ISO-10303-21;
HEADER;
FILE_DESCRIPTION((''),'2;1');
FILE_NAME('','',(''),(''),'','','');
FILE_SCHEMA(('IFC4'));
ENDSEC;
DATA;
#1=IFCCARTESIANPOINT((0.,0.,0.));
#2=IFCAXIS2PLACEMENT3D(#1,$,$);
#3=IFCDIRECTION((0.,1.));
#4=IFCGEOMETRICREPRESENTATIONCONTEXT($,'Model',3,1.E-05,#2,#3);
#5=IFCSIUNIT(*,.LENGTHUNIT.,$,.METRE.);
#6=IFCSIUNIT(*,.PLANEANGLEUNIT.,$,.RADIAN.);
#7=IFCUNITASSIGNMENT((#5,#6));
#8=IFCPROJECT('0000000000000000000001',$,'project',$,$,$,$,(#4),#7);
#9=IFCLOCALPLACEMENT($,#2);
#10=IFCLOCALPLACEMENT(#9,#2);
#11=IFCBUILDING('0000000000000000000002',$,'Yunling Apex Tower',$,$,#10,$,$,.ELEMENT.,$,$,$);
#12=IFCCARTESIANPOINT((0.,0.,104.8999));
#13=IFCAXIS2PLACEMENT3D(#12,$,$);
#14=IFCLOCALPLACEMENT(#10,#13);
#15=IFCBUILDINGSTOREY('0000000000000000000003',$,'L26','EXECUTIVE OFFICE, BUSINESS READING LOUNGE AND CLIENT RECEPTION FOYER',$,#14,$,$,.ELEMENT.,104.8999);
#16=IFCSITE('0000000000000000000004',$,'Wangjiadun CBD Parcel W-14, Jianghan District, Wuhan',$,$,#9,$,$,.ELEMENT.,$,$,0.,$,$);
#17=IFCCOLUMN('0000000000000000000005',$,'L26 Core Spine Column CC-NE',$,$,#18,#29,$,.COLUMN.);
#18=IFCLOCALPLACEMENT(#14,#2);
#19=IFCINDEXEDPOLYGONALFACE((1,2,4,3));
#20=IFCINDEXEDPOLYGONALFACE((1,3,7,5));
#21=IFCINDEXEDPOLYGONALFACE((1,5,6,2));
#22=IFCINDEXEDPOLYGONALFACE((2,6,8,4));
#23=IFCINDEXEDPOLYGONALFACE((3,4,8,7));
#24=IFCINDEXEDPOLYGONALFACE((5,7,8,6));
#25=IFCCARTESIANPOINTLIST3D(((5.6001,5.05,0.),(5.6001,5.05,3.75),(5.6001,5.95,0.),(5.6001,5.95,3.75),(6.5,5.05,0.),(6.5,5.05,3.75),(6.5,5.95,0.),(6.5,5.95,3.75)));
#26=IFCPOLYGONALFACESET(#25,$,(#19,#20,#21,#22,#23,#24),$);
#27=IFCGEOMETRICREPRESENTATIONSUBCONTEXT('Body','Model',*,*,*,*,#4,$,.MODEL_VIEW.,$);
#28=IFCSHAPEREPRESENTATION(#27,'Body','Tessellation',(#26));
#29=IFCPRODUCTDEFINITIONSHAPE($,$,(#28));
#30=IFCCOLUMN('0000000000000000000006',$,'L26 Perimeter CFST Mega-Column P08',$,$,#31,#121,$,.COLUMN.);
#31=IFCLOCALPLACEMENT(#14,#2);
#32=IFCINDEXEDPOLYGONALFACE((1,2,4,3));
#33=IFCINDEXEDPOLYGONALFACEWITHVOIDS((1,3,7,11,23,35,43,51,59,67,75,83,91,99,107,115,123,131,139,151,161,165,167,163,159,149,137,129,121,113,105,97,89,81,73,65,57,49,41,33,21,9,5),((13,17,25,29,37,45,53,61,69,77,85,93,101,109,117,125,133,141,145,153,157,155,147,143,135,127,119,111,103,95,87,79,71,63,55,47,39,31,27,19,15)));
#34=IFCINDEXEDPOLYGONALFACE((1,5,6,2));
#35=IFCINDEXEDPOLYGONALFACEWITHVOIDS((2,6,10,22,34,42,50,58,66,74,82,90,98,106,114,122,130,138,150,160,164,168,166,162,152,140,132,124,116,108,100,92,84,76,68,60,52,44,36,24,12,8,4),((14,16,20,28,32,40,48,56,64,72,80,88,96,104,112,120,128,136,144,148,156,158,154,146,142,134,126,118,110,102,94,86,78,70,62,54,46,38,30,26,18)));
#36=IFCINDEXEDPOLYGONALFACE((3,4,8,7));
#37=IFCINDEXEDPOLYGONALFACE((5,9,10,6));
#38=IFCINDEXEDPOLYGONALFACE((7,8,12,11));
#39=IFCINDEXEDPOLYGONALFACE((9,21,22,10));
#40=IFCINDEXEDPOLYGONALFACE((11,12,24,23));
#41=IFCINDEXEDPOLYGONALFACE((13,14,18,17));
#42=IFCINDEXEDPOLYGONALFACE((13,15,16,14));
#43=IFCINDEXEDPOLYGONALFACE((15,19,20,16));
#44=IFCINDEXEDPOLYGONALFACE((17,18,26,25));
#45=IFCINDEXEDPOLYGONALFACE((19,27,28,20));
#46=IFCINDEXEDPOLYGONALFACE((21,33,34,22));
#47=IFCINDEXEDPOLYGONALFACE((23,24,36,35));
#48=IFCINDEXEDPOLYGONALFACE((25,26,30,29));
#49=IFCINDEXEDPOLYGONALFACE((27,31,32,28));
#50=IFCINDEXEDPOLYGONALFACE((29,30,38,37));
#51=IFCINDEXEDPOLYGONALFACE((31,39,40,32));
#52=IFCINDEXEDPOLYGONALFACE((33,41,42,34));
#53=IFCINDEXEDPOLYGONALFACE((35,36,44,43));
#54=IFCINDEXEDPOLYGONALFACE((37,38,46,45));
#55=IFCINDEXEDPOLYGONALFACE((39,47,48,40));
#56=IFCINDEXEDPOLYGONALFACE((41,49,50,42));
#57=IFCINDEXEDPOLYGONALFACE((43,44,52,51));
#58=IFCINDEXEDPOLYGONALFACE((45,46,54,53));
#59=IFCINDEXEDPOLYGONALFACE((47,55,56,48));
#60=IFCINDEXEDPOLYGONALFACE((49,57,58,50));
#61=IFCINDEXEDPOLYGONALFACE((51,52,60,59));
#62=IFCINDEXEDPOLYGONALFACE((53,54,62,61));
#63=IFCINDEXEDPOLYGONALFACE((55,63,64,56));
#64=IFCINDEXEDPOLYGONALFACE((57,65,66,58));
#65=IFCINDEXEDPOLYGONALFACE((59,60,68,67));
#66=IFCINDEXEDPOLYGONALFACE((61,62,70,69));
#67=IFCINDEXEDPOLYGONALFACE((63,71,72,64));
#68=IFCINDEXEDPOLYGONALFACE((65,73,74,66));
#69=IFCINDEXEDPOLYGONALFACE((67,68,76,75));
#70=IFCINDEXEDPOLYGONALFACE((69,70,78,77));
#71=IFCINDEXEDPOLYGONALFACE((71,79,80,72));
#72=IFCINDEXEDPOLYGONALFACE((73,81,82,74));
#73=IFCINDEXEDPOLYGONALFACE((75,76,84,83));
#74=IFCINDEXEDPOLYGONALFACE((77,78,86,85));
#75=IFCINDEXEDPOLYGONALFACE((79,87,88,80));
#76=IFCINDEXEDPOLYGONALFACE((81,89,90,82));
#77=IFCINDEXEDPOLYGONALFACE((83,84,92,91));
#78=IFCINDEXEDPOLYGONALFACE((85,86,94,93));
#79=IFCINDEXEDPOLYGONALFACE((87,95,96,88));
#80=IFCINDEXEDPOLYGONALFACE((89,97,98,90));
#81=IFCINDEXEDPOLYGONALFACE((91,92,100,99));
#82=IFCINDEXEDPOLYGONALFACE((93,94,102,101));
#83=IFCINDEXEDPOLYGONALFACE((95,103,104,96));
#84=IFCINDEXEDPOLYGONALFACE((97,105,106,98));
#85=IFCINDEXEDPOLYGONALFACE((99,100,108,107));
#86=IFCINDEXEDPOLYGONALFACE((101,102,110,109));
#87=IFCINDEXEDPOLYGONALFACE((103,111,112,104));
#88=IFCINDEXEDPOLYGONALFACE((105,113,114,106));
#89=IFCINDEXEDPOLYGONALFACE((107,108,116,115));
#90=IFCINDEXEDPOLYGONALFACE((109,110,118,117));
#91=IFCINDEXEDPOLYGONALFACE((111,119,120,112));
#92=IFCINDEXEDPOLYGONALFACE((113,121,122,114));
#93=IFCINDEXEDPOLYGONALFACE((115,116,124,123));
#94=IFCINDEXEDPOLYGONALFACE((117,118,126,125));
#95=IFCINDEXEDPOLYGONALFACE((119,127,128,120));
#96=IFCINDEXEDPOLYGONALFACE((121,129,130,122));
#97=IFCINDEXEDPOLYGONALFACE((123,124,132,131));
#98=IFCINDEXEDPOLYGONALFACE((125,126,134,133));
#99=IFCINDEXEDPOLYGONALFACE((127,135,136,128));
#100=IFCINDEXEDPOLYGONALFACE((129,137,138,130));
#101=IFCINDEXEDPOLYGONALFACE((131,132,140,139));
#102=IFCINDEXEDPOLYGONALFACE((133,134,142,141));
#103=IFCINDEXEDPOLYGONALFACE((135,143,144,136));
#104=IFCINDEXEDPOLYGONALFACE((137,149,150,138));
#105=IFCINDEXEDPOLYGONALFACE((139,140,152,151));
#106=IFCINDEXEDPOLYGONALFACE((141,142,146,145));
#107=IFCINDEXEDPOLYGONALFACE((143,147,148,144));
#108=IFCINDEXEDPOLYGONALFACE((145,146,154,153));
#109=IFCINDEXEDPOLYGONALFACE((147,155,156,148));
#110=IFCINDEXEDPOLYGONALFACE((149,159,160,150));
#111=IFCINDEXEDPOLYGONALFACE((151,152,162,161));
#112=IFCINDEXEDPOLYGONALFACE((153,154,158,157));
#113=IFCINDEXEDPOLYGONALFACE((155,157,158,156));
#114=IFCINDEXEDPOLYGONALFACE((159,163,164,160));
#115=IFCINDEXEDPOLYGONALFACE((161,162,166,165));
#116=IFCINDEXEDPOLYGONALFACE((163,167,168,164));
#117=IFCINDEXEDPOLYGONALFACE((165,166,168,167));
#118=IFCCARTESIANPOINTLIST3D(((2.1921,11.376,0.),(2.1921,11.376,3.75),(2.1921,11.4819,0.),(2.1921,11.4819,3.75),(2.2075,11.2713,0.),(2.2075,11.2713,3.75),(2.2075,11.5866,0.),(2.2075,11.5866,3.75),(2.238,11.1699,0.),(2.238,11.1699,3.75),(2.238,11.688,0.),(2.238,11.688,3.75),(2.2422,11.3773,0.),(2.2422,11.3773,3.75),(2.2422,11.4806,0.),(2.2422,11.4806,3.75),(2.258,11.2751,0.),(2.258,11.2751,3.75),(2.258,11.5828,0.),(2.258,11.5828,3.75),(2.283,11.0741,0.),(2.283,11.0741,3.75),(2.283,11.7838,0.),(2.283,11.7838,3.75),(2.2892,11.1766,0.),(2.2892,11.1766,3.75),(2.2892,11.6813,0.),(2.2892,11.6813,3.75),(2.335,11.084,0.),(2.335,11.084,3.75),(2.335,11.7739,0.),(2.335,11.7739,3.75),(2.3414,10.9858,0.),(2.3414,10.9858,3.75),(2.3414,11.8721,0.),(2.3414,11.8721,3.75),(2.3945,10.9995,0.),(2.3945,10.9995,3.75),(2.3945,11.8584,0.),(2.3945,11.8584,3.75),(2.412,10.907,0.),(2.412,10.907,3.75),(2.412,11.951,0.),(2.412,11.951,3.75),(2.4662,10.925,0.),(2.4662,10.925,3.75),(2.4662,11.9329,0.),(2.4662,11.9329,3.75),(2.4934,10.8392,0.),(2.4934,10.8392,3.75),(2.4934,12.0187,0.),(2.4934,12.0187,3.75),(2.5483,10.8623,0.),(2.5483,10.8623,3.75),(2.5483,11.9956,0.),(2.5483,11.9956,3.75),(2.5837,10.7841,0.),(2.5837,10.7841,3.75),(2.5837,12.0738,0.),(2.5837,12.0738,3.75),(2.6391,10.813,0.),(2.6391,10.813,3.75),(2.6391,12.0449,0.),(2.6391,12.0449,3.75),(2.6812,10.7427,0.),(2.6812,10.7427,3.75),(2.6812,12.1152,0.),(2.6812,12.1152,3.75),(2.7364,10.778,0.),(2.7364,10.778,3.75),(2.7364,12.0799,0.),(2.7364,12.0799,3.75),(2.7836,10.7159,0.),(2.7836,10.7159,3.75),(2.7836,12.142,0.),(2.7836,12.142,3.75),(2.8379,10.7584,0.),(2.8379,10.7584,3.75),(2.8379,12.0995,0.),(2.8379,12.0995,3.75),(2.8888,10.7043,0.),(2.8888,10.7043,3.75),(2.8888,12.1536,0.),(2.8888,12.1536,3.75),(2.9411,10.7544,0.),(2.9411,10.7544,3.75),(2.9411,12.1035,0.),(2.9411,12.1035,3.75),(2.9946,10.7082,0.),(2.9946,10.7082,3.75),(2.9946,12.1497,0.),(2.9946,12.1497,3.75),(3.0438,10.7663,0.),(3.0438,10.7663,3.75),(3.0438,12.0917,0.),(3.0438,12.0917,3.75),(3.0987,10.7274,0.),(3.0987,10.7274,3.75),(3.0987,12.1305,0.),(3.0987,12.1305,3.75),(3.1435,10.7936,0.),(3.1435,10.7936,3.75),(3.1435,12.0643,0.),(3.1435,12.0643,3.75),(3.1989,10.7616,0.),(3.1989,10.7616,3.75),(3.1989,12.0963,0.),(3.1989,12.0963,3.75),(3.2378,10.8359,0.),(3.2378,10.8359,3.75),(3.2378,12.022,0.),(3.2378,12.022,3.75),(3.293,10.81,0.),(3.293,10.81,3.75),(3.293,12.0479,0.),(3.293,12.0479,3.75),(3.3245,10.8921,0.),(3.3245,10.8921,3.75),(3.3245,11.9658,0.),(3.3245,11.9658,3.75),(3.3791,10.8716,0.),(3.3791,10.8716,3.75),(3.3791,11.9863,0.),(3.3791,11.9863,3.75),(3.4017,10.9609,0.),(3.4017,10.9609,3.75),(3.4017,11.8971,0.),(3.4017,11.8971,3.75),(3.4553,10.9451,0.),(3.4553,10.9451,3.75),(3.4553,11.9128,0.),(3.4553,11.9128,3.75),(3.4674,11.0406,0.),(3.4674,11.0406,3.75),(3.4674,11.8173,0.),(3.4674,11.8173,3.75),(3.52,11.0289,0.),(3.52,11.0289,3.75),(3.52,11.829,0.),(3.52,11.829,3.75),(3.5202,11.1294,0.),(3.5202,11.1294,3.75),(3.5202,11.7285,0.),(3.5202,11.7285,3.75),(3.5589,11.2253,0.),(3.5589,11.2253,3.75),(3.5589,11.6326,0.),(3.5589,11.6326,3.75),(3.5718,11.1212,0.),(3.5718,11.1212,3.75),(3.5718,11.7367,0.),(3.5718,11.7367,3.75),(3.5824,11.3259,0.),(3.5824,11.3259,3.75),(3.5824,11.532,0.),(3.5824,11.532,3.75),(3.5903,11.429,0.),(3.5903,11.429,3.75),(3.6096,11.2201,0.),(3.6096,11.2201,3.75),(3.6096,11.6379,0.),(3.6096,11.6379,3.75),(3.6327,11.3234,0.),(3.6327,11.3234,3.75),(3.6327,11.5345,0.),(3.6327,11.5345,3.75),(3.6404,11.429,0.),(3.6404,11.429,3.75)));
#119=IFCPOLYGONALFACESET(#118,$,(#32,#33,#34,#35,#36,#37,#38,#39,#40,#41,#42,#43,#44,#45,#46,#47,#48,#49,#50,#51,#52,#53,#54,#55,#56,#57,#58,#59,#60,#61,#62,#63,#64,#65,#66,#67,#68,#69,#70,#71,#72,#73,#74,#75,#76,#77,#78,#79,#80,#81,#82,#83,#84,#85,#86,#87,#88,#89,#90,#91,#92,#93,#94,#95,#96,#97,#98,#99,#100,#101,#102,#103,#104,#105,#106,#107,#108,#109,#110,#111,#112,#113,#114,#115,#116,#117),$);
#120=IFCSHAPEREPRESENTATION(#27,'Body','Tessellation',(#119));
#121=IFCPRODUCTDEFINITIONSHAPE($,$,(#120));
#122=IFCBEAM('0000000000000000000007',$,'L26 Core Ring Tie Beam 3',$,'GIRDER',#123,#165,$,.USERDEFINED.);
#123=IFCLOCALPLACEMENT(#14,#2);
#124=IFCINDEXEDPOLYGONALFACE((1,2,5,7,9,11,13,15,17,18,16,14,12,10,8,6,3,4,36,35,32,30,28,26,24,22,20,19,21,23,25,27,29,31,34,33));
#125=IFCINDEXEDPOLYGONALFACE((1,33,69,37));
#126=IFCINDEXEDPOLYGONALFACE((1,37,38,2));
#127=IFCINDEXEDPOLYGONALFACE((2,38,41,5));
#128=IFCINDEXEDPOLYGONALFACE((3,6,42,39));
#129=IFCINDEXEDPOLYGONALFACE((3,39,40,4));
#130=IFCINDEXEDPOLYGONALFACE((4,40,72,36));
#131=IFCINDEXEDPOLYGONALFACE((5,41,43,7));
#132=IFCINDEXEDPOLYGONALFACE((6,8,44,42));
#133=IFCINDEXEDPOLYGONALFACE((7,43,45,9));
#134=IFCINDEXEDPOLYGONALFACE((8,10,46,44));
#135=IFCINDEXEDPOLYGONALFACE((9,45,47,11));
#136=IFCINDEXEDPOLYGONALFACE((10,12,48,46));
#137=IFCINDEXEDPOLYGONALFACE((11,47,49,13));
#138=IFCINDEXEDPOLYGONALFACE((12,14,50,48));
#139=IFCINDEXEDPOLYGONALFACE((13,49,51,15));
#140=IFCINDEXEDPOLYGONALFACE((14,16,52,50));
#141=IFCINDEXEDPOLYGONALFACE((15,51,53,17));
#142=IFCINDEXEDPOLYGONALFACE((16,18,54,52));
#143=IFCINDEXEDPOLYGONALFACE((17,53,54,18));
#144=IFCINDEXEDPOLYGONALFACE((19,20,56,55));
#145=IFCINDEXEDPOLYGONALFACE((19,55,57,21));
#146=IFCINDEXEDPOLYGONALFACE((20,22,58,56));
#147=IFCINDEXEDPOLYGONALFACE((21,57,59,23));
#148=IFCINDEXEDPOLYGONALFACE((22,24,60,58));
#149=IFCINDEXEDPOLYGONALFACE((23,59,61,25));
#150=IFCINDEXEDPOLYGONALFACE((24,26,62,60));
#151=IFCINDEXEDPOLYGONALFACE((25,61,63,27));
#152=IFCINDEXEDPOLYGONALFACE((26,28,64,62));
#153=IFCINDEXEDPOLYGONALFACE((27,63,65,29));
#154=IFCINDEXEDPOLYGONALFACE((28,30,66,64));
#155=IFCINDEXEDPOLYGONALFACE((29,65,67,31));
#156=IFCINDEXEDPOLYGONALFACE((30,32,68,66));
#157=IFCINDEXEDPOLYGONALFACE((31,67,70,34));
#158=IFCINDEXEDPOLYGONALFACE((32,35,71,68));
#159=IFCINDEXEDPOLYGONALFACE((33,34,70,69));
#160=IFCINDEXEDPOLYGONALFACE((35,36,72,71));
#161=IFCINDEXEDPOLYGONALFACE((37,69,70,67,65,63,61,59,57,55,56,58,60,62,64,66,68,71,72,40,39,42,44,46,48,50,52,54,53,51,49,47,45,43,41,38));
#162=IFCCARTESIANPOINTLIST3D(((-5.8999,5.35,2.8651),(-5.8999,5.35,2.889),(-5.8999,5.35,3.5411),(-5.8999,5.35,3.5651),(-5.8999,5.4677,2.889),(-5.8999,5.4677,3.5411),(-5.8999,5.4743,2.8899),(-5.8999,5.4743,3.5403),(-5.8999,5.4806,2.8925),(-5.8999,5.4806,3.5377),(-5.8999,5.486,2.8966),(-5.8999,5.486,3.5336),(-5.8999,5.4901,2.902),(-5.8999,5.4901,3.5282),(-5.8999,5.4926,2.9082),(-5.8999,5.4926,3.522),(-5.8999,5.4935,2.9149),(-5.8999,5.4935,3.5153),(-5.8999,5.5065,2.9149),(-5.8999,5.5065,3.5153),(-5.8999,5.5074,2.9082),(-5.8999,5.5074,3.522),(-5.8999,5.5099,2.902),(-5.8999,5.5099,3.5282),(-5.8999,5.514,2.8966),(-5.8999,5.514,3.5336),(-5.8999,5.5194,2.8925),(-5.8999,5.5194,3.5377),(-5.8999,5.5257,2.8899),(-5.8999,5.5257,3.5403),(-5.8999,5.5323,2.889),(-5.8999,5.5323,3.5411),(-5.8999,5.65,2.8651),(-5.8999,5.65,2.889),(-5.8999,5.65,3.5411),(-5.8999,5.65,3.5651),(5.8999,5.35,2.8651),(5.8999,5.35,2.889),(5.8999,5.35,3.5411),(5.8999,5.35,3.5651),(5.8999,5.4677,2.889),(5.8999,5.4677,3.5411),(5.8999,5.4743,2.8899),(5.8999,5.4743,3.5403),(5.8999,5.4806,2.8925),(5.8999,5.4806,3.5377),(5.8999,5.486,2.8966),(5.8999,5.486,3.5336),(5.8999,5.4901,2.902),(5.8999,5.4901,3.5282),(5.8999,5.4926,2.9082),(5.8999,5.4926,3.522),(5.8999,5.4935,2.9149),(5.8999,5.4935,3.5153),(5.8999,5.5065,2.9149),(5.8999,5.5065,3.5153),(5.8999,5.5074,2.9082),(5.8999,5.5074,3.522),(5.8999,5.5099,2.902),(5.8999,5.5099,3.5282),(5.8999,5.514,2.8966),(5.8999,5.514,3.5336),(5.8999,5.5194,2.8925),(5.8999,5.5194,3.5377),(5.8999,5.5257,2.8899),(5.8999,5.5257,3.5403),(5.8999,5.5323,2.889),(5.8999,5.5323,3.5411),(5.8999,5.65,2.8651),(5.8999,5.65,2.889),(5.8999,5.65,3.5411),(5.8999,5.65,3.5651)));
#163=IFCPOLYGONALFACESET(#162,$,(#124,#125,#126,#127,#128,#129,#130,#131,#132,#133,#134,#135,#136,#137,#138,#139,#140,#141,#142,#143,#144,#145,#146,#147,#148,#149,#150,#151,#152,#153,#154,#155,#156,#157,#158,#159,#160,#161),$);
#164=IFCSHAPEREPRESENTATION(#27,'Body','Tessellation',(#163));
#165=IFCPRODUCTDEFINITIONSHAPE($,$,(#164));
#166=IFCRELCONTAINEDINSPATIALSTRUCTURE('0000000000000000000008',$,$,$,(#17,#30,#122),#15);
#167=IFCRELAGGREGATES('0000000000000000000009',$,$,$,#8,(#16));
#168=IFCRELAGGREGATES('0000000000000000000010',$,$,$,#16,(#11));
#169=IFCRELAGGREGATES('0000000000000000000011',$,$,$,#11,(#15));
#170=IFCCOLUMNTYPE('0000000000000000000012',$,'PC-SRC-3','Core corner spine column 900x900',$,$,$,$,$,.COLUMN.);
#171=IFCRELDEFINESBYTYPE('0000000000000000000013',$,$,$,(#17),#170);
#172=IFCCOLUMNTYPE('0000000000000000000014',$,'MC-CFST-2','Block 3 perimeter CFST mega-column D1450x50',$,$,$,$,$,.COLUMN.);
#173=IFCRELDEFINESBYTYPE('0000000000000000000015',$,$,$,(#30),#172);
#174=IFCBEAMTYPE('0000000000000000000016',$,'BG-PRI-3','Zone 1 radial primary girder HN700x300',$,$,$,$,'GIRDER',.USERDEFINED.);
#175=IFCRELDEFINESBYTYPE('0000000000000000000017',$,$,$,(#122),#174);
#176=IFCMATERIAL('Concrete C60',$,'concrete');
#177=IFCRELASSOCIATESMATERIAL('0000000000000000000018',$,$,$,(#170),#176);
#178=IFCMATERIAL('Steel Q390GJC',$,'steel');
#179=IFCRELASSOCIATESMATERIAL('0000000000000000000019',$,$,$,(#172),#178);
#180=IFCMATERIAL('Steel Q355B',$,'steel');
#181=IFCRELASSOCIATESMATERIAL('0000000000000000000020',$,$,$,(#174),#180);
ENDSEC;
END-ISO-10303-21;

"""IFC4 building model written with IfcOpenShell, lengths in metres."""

from ifc_helpers import new_model, si_unit, direction, frame, origin, origin_2d, place, context, subcontext, project, spatial, rectangle, hollow_circle, i_section, extrude, source, transform, mapped, material, material_profile, profile_set, type_object, element, save


model = new_model("IFC4")

# Units and contexts
model_context = context("Model", 3, precision=1e-05, world=origin(), true_north=direction((0.0, 1.0)))
body_context = subcontext(model_context, "Body", "Model", "MODEL_VIEW")
ifc_project = project(units=[si_unit("LENGTHUNIT", "METRE"), si_unit("PLANEANGLEUNIT", "RADIAN")], contexts=[model_context])

# Site, building, storey
site_placement = place(None, origin())
site = spatial("IfcSite", under=ifc_project, at=site_placement, Name="Wangjiadun CBD Parcel W-14, Jianghan District, Wuhan", CompositionType="ELEMENT", RefElevation=0.0)
building_placement = place(site_placement, origin())
building = spatial("IfcBuilding", under=site, at=building_placement, Name="Yunling Apex Tower", CompositionType="ELEMENT")
storey_placement = place(building_placement, frame((0.0, 0.0, 104.8999)))
storey = spatial("IfcBuildingStorey", under=building, at=storey_placement, Name="L26", Description="EXECUTIVE OFFICE, BUSINESS READING LOUNGE AND CLIENT RECEPTION FOYER", CompositionType="ELEMENT", Elevation=104.8999)

# Columns
ifc_material_1 = material(Name="Concrete C60", Category="concrete")
ifc_material_profile_1 = material_profile(ifc_material_1, rectangle(XDim=0.8999, YDim=0.8999, at=origin_2d()))
ifc_profile_set_1 = profile_set([ifc_material_profile_1], Name="Concrete C60")
column_type_1 = type_object("IfcColumnType", Name="PC-SRC-3", Description="Core corner spine column 900x900", PredefinedType="COLUMN", material=ifc_profile_set_1)
shared_shape_1 = source(origin(), body_context, "Body", "SweptSolid", [
    extrude(rectangle(XDim=0.8999, YDim=0.8999, at=origin_2d()), origin(), (0.0, 0.0, 1.0), 3.75),
])
column_1_placement = place(storey_placement, frame((6.05, 5.5, 0.0), z_axis=(0.0, 0.0, 1.0), x_axis=(1.0, 0.0, 0.0)))
element("IfcColumn", 1, at=column_1_placement, inside=storey, type_object=column_type_1, Name="L26 Core Spine Column CC-NE", PredefinedType="COLUMN", context=body_context, shape_type="MappedRepresentation", body=[
    mapped(shared_shape_1, transform((0.0, 0.0, 0.0), scale=1.0)),
])
ifc_material_2 = material(Name="Steel Q390GJC", Category="steel")
ifc_material_profile_2 = material_profile(ifc_material_2, hollow_circle(Radius=0.7251, WallThickness=0.05, at=origin_2d()))
ifc_profile_set_2 = profile_set([ifc_material_profile_2], Name="Steel Q390GJC")
column_type_2 = type_object("IfcColumnType", Name="MC-CFST-2", Description="Block 3 perimeter CFST mega-column D1450x50", PredefinedType="COLUMN", material=ifc_profile_set_2)
shared_shape_2 = source(origin(), body_context, "Body", "SweptSolid", [
    extrude(hollow_circle(Radius=0.7251, WallThickness=0.05, at=origin_2d()), origin(), (0.0, 0.0, 1.0), 3.75),
])
column_2_placement = place(storey_placement, frame((2.9153, 11.429, 0.0), z_axis=(0.0, 0.0, 1.0), x_axis=(1.0, 0.0, 0.0)))
element("IfcColumn", 2, at=column_2_placement, inside=storey, type_object=column_type_2, Name="L26 Perimeter CFST Mega-Column P08", PredefinedType="COLUMN", context=body_context, shape_type="MappedRepresentation", body=[
    mapped(shared_shape_2, transform((0.0, 0.0, 0.0), scale=1.0)),
])

# Beam
ifc_material_3 = material(Name="Steel Q355B", Category="steel")
ifc_material_profile_3 = material_profile(ifc_material_3, i_section(OverallWidth=0.3, OverallDepth=0.7, WebThickness=0.0129, FlangeThickness=0.0239, FilletRadius=0.0259, at=origin_2d()))
ifc_profile_set_3 = profile_set([ifc_material_profile_3], Name="Steel Q355B")
beam_type_1 = type_object("IfcBeamType", Name="BG-PRI-3", Description="Zone 1 radial primary girder HN700x300", ElementType="GIRDER", PredefinedType="USERDEFINED", material=ifc_profile_set_3)
shared_shape_3 = source(origin(), body_context, "Body", "SweptSolid", [
    extrude(i_section(OverallWidth=0.3, OverallDepth=0.7, WebThickness=0.0129, FlangeThickness=0.0239, FilletRadius=0.0259, at=origin_2d()), origin(), (0.0, 0.0, 1.0), 11.7998),
])
beam_1_placement = place(storey_placement, frame((5.8999, 5.5, 3.2151), z_axis=(-1.0, 0.0, 0.0), x_axis=(0.0, -1.0, 0.0)))
element("IfcBeam", 3, at=beam_1_placement, inside=storey, type_object=beam_type_1, Name="L26 Core Ring Tie Beam 3", ObjectType="GIRDER", PredefinedType="USERDEFINED", context=body_context, shape_type="MappedRepresentation", body=[
    mapped(shared_shape_3, transform((0.0, 0.0, 0.0), scale=1.0)),
])

save(model, "model.ifc")
